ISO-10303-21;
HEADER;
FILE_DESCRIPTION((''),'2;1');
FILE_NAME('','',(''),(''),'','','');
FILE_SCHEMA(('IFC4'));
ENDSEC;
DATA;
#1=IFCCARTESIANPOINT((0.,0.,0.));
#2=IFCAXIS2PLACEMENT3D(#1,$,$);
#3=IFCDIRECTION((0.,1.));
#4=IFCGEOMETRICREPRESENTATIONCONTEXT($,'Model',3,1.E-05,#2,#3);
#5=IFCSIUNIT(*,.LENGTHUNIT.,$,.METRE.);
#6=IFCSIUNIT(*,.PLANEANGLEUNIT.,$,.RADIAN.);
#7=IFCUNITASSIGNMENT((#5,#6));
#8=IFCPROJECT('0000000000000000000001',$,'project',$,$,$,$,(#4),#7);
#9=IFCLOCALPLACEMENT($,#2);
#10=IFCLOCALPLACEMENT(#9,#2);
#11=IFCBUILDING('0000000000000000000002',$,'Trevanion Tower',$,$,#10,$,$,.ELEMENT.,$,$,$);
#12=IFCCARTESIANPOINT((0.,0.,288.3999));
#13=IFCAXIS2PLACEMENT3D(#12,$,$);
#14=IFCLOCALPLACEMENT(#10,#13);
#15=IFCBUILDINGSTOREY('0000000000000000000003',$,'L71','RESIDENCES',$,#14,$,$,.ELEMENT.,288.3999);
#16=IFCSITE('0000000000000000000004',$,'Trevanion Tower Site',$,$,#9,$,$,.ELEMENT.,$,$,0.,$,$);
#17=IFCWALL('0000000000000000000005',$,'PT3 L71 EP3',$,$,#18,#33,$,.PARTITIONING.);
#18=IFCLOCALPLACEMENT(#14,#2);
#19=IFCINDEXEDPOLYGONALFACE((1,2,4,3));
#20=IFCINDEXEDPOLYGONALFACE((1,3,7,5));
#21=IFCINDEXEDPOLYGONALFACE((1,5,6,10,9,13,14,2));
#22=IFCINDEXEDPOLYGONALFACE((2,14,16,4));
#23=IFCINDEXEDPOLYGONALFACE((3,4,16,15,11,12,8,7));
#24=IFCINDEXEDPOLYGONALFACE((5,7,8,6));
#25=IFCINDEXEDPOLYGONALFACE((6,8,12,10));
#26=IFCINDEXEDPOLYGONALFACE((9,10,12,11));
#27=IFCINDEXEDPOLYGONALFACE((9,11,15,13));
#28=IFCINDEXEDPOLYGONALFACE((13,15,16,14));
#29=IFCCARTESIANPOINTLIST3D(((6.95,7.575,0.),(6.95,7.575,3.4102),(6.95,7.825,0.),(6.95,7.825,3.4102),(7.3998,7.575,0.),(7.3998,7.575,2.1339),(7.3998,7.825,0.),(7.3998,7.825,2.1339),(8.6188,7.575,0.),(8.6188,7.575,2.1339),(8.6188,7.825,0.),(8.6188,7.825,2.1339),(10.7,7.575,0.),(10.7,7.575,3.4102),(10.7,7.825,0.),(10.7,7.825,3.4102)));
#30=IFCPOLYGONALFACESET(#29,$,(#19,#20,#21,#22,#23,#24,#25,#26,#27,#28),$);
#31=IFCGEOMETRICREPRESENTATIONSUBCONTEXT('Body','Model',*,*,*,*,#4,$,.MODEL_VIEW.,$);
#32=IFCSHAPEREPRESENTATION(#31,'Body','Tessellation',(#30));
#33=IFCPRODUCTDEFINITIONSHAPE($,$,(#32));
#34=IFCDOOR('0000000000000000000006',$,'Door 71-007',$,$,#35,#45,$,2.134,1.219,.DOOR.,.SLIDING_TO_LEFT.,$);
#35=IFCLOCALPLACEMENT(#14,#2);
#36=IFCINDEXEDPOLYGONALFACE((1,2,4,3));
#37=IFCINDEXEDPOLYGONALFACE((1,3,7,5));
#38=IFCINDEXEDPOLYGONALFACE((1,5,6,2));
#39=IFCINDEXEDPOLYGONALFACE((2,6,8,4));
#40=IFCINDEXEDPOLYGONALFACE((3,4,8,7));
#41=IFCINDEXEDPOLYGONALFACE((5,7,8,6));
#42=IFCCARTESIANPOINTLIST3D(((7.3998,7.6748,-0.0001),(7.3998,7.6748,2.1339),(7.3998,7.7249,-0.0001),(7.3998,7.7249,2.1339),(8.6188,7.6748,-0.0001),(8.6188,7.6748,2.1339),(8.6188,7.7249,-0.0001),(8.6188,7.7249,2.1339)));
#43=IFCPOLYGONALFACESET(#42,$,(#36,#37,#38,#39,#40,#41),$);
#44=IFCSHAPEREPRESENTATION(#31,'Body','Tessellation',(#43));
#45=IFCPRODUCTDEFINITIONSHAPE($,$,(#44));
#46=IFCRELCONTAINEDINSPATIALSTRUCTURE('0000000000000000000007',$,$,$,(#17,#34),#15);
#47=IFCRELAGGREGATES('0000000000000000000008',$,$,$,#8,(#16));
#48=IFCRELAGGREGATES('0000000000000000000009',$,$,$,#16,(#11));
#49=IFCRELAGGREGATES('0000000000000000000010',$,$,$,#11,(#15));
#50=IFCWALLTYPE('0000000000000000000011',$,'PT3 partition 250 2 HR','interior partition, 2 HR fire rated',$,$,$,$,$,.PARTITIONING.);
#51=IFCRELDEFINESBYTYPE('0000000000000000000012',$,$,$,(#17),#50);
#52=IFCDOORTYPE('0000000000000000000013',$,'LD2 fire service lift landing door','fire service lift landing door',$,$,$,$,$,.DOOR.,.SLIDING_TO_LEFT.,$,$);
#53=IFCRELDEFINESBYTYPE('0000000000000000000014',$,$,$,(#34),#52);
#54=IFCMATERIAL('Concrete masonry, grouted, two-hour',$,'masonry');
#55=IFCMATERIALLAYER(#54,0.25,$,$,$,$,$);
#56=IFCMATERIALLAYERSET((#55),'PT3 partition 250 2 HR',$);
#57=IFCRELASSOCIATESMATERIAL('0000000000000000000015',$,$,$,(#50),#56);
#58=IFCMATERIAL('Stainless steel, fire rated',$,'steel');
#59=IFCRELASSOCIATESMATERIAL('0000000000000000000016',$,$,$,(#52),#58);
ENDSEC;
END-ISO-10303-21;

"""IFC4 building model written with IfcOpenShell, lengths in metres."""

from ifc_helpers import new_model, si_unit, direction, frame, frame_2d, origin, place, context, subcontext, project, spatial, rectangle, extrude, material, layer, layer_set, type_object, element, fill, save


model = new_model("IFC4")

# Units and contexts
model_context = context("Model", 3, precision=1e-05, world=origin(), true_north=direction((0.0, 1.0)))
body_context = subcontext(model_context, "Body", "Model", "MODEL_VIEW")
ifc_project = project(units=[si_unit("LENGTHUNIT", "METRE"), si_unit("PLANEANGLEUNIT", "RADIAN")], contexts=[model_context])

# Site, building, storey
site_placement = place(None, origin())
site = spatial("IfcSite", under=ifc_project, at=site_placement, Name="Trevanion Tower Site", CompositionType="ELEMENT", RefElevation=0.0)
building_placement = place(site_placement, origin())
building = spatial("IfcBuilding", under=site, at=building_placement, Name="Trevanion Tower", CompositionType="ELEMENT")
storey_placement = place(building_placement, frame((0.0, 0.0, 288.3999)))
storey = spatial("IfcBuildingStorey", under=building, at=storey_placement, Name="L71", Description="RESIDENCES", CompositionType="ELEMENT", Elevation=288.3999)

# Wall, opening, door
ifc_material_1 = material(Name="Concrete masonry, grouted, two-hour", Category="masonry")
ifc_layer_1 = layer(ifc_material_1, 0.25)
ifc_layer_set_1 = layer_set([ifc_layer_1], Name="PT3 partition 250 2 HR")
wall_type_1 = type_object("IfcWallType", Name="PT3 partition 250 2 HR", Description="interior partition, 2 HR fire rated", PredefinedType="PARTITIONING", material=ifc_layer_set_1)
wall_1_placement = place(storey_placement, frame((6.95, 7.7, 0.0), z_axis=(0.0, 0.0, 1.0), x_axis=(1.0, 0.0, 0.0)))
wall_1 = element("IfcWall", 1, at=wall_1_placement, inside=storey, type_object=wall_type_1, Name="PT3 L71 EP3", PredefinedType="PARTITIONING", context=body_context, shape_type="SweptSolid", body=[
    extrude(rectangle(XDim=3.75, YDim=0.25, at=frame_2d((1.875, 0.0))), origin(), (0.0, 0.0, 1.0), 3.4102),
])
opening_1_placement = place(wall_1_placement, frame((0.45, 0.0, 0.0)))
opening_1 = element("IfcOpeningElement", 2, at=opening_1_placement, cuts=wall_1, PredefinedType="OPENING", context=body_context, shape_type="SweptSolid", body=[
    extrude(rectangle(XDim=1.219, YDim=2.134, at=frame_2d((0.6094, 1.0669))), frame((0.0, 0.135, 0.0), z_axis=(0.0, -1.0, 0.0), x_axis=(1.0, 0.0, 0.0)), (0.0, 0.0, 1.0), 0.27),
])
ifc_material_2 = material(Name="Stainless steel, fire rated", Category="steel")
door_type_1 = type_object("IfcDoorType", Name="LD2 fire service lift landing door", Description="fire service lift landing door", OperationType="SLIDING_TO_LEFT", PredefinedType="DOOR", material=ifc_material_2)
door_1_placement = place(opening_1_placement, origin())
door_1 = element("IfcDoor", 3, at=door_1_placement, inside=storey, type_object=door_type_1, Name="Door 71-007", OperationType="SLIDING_TO_LEFT", OverallHeight=2.134, OverallWidth=1.219, PredefinedType="DOOR", context=body_context, shape_type="SweptSolid", body=[
    extrude(rectangle(XDim=1.219, YDim=2.134, at=frame_2d((0.6094, 1.0669))), frame((0.0, 0.0249, 0.0), z_axis=(0.0, -1.0, 0.0), x_axis=(1.0, 0.0, 0.0)), (0.0, 0.0, 1.0), 0.05),
])
fill(opening_1, door_1)

save(model, "model.ifc")
